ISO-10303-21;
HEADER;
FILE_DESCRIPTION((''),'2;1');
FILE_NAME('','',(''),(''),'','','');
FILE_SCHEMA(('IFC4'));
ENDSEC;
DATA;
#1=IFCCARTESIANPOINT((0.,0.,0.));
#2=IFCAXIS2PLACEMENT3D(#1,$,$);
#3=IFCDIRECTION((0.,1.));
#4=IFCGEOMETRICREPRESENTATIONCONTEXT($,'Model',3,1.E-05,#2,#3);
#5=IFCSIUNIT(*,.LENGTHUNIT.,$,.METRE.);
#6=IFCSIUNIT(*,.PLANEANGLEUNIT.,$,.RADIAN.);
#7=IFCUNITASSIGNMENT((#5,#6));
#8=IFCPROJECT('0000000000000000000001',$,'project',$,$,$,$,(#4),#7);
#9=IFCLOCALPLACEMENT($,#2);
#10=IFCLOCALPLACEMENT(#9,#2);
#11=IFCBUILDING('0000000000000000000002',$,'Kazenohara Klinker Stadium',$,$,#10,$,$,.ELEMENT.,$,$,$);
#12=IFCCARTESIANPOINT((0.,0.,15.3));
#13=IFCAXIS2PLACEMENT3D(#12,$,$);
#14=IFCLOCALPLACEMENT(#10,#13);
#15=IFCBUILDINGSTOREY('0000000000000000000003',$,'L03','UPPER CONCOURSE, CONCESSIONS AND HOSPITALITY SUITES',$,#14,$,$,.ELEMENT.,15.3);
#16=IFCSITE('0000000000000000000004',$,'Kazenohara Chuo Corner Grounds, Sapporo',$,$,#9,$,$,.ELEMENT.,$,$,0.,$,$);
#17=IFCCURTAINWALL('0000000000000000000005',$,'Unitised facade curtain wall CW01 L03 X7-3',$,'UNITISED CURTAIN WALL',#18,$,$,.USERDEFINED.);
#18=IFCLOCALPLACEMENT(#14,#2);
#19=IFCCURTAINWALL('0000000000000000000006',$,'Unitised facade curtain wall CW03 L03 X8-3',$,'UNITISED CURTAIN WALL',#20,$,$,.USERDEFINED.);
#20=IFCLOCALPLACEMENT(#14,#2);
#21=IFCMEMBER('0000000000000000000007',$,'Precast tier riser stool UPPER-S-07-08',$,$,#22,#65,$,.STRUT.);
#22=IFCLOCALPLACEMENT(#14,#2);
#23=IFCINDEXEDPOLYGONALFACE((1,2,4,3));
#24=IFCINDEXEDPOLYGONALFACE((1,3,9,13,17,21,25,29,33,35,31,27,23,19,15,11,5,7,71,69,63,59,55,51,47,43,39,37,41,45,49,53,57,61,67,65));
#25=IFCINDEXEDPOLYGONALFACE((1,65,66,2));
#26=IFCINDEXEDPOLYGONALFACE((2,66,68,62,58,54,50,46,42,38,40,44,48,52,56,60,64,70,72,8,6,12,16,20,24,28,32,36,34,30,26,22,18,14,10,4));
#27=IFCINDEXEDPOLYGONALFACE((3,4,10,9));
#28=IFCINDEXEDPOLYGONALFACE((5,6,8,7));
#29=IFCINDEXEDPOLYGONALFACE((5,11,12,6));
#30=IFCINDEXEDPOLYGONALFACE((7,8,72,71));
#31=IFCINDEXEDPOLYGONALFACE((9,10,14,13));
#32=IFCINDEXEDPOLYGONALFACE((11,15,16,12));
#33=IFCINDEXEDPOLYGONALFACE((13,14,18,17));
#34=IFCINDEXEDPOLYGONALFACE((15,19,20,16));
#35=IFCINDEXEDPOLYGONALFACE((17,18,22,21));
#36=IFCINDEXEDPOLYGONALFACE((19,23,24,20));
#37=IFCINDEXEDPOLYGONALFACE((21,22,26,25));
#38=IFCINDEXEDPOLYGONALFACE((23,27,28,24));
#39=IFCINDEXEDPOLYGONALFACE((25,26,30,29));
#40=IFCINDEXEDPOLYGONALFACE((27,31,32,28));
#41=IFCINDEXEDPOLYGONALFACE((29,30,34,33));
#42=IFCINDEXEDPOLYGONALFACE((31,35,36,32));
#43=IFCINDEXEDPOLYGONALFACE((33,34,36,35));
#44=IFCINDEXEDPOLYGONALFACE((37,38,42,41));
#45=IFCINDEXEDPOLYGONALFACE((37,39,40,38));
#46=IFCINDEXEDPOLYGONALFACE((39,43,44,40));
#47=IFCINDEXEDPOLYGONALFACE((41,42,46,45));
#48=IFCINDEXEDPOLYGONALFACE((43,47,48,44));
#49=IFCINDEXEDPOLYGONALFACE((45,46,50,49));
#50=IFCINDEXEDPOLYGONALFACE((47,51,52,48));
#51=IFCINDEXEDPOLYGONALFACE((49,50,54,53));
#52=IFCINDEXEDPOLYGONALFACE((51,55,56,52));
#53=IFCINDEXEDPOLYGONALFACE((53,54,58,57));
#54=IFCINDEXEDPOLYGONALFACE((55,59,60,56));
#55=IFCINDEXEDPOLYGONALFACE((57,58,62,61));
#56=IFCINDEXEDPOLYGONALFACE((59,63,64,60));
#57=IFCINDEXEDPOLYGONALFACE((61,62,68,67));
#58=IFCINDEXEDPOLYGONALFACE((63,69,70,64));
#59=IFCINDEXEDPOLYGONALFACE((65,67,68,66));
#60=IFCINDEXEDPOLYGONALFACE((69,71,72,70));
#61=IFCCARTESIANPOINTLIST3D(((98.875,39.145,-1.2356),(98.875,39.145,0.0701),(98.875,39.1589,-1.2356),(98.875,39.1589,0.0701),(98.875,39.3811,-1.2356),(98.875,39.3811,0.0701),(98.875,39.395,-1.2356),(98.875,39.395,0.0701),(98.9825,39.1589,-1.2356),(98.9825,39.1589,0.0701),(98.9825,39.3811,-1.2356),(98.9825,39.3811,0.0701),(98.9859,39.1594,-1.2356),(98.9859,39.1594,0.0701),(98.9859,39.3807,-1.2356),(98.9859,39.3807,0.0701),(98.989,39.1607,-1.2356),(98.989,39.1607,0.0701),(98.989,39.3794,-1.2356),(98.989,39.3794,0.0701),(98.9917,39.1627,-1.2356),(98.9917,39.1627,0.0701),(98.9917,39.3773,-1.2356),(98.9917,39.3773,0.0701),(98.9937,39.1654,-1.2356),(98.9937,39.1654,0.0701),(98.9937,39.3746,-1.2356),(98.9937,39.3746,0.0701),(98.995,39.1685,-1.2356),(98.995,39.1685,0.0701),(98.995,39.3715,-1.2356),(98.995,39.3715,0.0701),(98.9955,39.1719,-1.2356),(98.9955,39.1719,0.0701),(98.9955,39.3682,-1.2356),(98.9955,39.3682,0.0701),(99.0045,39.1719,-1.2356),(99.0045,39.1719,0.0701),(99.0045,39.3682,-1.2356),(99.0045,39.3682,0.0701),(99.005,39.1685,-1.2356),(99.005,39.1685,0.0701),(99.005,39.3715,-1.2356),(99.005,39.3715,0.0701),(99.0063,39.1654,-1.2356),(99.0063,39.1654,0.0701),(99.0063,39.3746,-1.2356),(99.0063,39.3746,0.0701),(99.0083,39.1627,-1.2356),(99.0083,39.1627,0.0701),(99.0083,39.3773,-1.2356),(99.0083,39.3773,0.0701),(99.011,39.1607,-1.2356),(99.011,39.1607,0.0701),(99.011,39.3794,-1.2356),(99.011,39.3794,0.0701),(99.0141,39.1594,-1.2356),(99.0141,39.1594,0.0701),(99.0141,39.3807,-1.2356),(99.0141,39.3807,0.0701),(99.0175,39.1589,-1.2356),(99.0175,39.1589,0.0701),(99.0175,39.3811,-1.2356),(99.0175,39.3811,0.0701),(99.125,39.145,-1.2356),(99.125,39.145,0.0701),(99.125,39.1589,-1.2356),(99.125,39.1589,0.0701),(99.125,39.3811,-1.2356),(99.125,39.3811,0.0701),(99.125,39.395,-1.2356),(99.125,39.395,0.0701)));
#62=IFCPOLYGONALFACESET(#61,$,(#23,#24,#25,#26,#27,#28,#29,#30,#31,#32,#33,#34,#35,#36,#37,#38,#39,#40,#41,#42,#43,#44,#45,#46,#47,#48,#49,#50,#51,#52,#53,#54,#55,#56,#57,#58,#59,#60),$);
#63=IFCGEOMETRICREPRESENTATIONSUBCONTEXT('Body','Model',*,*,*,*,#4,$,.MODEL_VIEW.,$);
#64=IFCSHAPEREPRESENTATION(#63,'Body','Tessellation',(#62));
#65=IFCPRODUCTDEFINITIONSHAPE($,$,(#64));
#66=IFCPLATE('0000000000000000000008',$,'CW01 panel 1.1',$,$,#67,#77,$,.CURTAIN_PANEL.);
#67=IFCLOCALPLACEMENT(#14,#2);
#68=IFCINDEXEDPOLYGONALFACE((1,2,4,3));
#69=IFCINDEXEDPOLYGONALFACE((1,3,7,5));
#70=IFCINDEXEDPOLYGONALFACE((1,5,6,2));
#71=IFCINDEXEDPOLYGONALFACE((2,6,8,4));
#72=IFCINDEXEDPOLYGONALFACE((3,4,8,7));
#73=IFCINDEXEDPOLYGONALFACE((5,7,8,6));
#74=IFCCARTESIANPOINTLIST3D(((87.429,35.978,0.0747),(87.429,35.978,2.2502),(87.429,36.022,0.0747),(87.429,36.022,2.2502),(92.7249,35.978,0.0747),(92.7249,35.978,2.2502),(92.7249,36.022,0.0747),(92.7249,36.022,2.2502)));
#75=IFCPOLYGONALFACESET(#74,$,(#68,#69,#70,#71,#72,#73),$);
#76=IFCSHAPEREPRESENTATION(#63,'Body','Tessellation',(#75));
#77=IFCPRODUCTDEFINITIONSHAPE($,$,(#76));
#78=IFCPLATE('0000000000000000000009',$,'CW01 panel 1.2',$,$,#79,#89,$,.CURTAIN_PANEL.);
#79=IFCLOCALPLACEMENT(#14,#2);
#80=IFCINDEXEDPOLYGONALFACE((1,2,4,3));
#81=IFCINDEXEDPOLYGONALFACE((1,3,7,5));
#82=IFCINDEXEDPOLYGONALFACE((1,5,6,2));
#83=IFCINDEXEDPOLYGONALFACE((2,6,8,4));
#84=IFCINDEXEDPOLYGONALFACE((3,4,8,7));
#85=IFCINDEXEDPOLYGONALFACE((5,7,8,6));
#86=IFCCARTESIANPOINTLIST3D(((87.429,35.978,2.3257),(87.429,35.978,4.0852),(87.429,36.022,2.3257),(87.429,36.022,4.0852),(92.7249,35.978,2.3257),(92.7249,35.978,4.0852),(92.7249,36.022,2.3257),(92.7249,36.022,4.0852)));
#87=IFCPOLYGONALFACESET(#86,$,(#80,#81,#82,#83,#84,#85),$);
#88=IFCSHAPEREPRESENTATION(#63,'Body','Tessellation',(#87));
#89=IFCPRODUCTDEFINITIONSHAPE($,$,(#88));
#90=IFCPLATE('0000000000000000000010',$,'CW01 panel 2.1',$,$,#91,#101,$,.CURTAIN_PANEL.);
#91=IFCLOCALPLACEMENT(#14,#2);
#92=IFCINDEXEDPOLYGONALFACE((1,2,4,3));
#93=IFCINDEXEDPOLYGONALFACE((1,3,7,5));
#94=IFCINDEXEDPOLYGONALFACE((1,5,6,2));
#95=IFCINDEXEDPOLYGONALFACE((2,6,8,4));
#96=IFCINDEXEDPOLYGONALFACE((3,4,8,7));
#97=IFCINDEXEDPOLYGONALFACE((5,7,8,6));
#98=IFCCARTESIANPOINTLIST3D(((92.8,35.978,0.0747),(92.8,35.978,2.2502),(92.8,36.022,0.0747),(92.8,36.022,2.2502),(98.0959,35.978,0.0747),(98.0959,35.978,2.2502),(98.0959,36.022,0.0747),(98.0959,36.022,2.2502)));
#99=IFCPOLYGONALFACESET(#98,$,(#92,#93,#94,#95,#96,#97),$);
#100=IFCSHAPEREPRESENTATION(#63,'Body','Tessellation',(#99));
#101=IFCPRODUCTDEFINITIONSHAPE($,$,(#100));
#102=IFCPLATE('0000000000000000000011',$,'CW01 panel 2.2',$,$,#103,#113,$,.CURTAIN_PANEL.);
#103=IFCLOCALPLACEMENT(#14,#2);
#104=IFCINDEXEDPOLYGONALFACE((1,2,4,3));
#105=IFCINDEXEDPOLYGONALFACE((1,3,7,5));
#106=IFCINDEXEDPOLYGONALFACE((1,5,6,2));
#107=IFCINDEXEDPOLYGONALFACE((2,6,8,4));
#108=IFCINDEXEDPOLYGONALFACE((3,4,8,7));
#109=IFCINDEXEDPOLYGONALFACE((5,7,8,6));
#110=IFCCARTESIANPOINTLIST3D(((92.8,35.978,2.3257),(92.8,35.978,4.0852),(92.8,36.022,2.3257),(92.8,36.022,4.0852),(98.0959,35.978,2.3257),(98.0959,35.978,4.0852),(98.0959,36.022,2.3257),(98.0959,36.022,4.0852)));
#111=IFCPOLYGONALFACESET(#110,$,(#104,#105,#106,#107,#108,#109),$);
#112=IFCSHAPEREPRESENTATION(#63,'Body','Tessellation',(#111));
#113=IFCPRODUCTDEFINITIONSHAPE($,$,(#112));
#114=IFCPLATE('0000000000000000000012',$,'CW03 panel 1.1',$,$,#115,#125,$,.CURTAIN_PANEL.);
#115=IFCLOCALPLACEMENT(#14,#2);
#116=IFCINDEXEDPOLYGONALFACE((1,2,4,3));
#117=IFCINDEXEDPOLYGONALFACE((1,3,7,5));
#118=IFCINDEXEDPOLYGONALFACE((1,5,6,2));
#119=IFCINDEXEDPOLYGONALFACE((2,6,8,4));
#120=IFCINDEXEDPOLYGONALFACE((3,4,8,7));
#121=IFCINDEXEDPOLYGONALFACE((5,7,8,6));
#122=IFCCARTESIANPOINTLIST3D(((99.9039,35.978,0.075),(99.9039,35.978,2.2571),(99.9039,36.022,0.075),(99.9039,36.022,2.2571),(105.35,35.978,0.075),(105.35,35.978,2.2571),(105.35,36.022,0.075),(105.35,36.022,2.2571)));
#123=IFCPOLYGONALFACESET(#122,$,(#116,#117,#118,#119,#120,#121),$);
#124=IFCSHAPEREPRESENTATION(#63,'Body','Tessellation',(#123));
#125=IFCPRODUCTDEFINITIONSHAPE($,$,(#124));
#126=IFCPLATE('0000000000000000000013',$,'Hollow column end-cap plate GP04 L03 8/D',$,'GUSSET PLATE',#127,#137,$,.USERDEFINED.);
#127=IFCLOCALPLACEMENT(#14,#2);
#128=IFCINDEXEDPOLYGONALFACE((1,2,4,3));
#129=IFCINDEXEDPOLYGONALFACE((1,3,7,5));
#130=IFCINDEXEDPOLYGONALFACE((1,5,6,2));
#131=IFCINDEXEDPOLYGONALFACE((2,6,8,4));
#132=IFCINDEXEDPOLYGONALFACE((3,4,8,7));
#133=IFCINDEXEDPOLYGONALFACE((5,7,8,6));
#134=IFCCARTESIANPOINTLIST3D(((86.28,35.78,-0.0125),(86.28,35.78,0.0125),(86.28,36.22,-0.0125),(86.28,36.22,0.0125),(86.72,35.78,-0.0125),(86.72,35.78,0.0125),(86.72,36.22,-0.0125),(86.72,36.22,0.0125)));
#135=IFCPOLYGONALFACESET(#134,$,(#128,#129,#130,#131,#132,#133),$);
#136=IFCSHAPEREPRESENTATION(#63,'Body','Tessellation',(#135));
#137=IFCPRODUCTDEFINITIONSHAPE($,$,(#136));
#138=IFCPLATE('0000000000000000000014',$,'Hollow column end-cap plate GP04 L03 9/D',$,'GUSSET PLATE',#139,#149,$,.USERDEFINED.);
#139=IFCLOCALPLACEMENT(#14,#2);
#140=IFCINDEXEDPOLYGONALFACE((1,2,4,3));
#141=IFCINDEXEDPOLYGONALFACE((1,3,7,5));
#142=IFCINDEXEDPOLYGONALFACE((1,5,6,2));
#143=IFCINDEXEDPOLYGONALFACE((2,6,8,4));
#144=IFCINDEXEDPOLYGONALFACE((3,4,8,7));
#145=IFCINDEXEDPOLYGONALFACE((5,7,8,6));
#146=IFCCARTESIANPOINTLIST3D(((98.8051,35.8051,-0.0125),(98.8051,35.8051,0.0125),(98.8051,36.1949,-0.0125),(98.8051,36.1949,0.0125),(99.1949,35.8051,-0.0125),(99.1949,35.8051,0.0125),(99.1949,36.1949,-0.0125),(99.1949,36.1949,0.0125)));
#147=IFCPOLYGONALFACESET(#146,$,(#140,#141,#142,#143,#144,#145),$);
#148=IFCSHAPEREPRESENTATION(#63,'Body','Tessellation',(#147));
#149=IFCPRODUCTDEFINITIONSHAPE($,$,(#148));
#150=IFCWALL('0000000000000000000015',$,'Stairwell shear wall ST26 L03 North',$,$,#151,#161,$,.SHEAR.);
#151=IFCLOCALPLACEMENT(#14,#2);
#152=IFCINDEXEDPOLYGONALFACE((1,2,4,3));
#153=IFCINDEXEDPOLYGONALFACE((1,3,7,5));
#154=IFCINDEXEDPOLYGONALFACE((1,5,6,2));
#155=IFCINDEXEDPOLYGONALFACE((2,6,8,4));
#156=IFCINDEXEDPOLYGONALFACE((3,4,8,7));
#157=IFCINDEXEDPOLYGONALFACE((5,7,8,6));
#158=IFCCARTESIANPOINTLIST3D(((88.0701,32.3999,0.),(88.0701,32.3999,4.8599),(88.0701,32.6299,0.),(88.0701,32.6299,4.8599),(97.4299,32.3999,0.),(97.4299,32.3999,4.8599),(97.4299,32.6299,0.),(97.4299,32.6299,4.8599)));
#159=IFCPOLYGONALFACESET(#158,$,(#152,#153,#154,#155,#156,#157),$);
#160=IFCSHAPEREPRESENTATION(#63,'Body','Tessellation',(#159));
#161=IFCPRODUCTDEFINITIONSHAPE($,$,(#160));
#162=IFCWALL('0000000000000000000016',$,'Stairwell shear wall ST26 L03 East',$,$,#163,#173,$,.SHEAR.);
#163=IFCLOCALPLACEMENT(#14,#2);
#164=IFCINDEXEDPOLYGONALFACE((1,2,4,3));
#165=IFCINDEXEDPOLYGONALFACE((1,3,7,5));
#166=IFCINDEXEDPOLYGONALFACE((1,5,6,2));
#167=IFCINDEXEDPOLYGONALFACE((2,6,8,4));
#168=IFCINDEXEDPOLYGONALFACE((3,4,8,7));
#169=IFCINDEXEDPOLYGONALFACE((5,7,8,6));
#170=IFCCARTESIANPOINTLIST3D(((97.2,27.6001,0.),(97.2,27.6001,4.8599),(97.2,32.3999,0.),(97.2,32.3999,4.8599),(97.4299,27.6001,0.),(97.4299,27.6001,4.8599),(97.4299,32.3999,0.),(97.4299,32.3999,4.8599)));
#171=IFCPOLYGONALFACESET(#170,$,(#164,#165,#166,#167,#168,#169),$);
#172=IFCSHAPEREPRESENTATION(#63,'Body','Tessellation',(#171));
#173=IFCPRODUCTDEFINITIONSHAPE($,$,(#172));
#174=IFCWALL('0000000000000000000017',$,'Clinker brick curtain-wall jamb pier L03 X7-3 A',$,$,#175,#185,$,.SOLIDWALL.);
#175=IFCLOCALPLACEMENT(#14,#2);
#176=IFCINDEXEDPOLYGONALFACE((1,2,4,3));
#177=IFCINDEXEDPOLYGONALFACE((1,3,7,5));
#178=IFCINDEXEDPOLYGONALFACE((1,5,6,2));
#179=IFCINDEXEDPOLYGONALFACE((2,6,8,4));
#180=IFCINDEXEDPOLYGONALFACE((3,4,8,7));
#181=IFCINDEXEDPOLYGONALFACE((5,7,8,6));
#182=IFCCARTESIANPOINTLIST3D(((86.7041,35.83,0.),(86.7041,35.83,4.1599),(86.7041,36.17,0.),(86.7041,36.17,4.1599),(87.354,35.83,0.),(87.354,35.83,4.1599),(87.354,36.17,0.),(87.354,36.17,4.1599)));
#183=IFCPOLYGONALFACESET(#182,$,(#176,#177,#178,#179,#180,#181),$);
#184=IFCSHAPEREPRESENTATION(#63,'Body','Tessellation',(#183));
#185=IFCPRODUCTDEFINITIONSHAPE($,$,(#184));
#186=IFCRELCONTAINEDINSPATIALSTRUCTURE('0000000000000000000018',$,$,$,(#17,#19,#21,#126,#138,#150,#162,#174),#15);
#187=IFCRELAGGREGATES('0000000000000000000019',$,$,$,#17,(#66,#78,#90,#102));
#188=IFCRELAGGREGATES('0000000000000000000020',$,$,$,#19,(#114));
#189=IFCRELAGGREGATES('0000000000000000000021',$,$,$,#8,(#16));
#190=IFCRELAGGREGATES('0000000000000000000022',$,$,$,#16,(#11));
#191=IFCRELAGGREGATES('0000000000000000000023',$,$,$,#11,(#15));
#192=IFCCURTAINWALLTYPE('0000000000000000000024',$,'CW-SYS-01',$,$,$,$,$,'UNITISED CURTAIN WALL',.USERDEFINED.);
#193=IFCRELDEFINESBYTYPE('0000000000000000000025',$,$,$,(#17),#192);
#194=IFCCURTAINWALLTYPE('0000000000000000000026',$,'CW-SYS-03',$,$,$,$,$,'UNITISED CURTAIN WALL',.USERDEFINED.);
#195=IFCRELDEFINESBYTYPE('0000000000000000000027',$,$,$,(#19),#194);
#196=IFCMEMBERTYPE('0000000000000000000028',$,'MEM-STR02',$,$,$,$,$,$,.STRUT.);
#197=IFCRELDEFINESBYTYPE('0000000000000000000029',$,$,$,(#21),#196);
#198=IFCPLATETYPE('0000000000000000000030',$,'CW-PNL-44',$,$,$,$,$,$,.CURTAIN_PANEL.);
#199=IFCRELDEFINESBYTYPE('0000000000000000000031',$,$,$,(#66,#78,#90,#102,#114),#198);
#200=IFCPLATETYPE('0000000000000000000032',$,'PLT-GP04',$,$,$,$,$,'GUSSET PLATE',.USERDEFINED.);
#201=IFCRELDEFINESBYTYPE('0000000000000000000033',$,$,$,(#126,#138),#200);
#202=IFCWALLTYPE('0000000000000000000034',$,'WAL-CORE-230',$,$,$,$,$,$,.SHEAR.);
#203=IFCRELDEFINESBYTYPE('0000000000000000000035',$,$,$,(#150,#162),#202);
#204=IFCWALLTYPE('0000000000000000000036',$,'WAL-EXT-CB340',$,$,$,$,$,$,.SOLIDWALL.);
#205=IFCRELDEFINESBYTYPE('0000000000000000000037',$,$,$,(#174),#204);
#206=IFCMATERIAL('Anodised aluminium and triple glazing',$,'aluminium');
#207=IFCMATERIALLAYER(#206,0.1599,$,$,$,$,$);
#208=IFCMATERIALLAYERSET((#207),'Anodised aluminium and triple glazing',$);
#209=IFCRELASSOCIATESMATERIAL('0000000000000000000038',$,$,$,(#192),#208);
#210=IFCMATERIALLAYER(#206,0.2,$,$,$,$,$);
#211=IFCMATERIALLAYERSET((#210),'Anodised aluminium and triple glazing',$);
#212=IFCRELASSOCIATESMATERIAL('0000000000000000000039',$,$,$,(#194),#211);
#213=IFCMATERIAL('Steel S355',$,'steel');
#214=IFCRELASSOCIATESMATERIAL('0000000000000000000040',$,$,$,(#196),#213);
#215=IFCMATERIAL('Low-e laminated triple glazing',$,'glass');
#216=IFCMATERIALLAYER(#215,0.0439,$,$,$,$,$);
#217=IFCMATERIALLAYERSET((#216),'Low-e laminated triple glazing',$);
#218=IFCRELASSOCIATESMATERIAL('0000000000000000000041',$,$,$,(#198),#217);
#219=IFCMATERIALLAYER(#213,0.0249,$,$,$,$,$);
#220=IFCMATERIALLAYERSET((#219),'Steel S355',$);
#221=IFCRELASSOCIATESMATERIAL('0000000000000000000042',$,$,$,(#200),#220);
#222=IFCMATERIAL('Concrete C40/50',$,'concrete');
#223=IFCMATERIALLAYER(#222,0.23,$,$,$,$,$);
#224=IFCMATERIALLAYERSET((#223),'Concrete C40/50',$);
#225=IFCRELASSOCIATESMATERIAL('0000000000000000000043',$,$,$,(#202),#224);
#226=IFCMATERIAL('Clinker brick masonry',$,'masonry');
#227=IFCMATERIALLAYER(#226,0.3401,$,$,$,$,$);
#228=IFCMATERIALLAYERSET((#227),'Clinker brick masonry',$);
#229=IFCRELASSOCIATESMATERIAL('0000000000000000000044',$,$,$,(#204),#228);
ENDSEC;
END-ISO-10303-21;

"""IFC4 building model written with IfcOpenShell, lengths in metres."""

from ifc_helpers import new_model, si_unit, direction, frame, frame_2d, origin, origin_2d, place, context, subcontext, project, spatial, rectangle, i_section, extrude, material, layer, layer_set, material_profile, profile_set, type_object, element, aggregate, save


model = new_model("IFC4")

# Units and contexts
model_context = context("Model", 3, precision=1e-05, world=origin(), true_north=direction((0.0, 1.0)))
body_context = subcontext(model_context, "Body", "Model", "MODEL_VIEW")
ifc_project = project(units=[si_unit("LENGTHUNIT", "METRE"), si_unit("PLANEANGLEUNIT", "RADIAN")], contexts=[model_context])

# Site, building, storey
site_placement = place(None, origin())
site = spatial("IfcSite", under=ifc_project, at=site_placement, Name="Kazenohara Chuo Corner Grounds, Sapporo", CompositionType="ELEMENT", RefElevation=0.0)
building_placement = place(site_placement, origin())
building = spatial("IfcBuilding", under=site, at=building_placement, Name="Kazenohara Klinker Stadium", CompositionType="ELEMENT")
storey_placement = place(building_placement, frame((0.0, 0.0, 15.3)))
storey = spatial("IfcBuildingStorey", under=building, at=storey_placement, Name="L03", Description="UPPER CONCOURSE, CONCESSIONS AND HOSPITALITY SUITES", CompositionType="ELEMENT", Elevation=15.3)

# Shared definitions
ifc_material_1 = material(Name="Steel S355", Category="steel")

# Curtain wall
ifc_material_2 = material(Name="Anodised aluminium and triple glazing", Category="aluminium")
ifc_layer_1 = layer(ifc_material_2, 0.1599)
ifc_layer_set_1 = layer_set([ifc_layer_1], Name="Anodised aluminium and triple glazing")
curtain_wall_type_1 = type_object("IfcCurtainWallType", Name="CW-SYS-01", ElementType="UNITISED CURTAIN WALL", PredefinedType="USERDEFINED", material=ifc_layer_set_1)
curtain_wall_1_placement = place(storey_placement, origin())
curtain_wall_1 = element("IfcCurtainWall", 1, at=curtain_wall_1_placement, inside=storey, type_object=curtain_wall_type_1, Name="Unitised facade curtain wall CW01 L03 X7-3", ObjectType="UNITISED CURTAIN WALL", PredefinedType="USERDEFINED")

# Curtain wall
ifc_layer_2 = layer(ifc_material_2, 0.2)
ifc_layer_set_2 = layer_set([ifc_layer_2], Name="Anodised aluminium and triple glazing")
curtain_wall_type_2 = type_object("IfcCurtainWallType", Name="CW-SYS-03", ElementType="UNITISED CURTAIN WALL", PredefinedType="USERDEFINED", material=ifc_layer_set_2)
curtain_wall_2_placement = place(storey_placement, origin())
curtain_wall_2 = element("IfcCurtainWall", 2, at=curtain_wall_2_placement, inside=storey, type_object=curtain_wall_type_2, Name="Unitised facade curtain wall CW03 L03 X8-3", ObjectType="UNITISED CURTAIN WALL", PredefinedType="USERDEFINED")

# Member
ifc_material_profile_1 = material_profile(ifc_material_1, i_section(OverallWidth=0.25, OverallDepth=0.25, WebThickness=0.009, FlangeThickness=0.0139, FilletRadius=0.0129, at=origin_2d()), Name="H-250x250x9x14")
ifc_profile_set_1 = profile_set([ifc_material_profile_1], Name="Steel S355")
member_type_1 = type_object("IfcMemberType", Name="MEM-STR02", PredefinedType="STRUT", material=ifc_profile_set_1)
member_1_placement = place(storey_placement, frame((99.0, 39.27, -1.2356), z_axis=(0.0, 0.0, 1.0), x_axis=(1.0, 0.0, 0.0)))
element("IfcMember", 3, at=member_1_placement, inside=storey, type_object=member_type_1, Name="Precast tier riser stool UPPER-S-07-08", PredefinedType="STRUT", context=body_context, shape_type="SweptSolid", body=[
    extrude(i_section(OverallWidth=0.25, OverallDepth=0.25, WebThickness=0.009, FlangeThickness=0.0139, FilletRadius=0.0129, at=origin_2d()), origin(), (0.0, 0.0, 1.0), 1.3057),
])

# Plates
ifc_material_3 = material(Name="Low-e laminated triple glazing", Category="glass")
ifc_layer_3 = layer(ifc_material_3, 0.0439)
ifc_layer_set_3 = layer_set([ifc_layer_3], Name="Low-e laminated triple glazing")
plate_type_1 = type_object("IfcPlateType", Name="CW-PNL-44", PredefinedType="CURTAIN_PANEL", material=ifc_layer_set_3)
plate_1_placement = place(storey_placement, frame((90.0769, 36.0, 0.0747), z_axis=(0.0, 0.0, 1.0), x_axis=(1.0, 0.0, 0.0)))
plate_1 = element("IfcPlate", 4, at=plate_1_placement, type_object=plate_type_1, Name="CW01 panel 1.1", PredefinedType="CURTAIN_PANEL", context=body_context, shape_type="SweptSolid", body=[
    extrude(rectangle(XDim=5.2959, YDim=0.0439, at=origin_2d()), origin(), (0.0, 0.0, 1.0), 2.1755),
])
plate_2_placement = place(storey_placement, frame((90.0769, 36.0, 2.3257), z_axis=(0.0, 0.0, 1.0), x_axis=(1.0, 0.0, 0.0)))
plate_2 = element("IfcPlate", 5, at=plate_2_placement, type_object=plate_type_1, Name="CW01 panel 1.2", PredefinedType="CURTAIN_PANEL", context=body_context, shape_type="SweptSolid", body=[
    extrude(rectangle(XDim=5.2959, YDim=0.0439, at=origin_2d()), origin(), (0.0, 0.0, 1.0), 1.7595),
])
plate_3_placement = place(storey_placement, frame((95.448, 36.0, 0.0747), z_axis=(0.0, 0.0, 1.0), x_axis=(1.0, 0.0, 0.0)))
plate_3 = element("IfcPlate", 6, at=plate_3_placement, type_object=plate_type_1, Name="CW01 panel 2.1", PredefinedType="CURTAIN_PANEL", context=body_context, shape_type="SweptSolid", body=[
    extrude(rectangle(XDim=5.2959, YDim=0.0439, at=origin_2d()), origin(), (0.0, 0.0, 1.0), 2.1755),
])
plate_4_placement = place(storey_placement, frame((95.448, 36.0, 2.3257), z_axis=(0.0, 0.0, 1.0), x_axis=(1.0, 0.0, 0.0)))
plate_4 = element("IfcPlate", 7, at=plate_4_placement, type_object=plate_type_1, Name="CW01 panel 2.2", PredefinedType="CURTAIN_PANEL", context=body_context, shape_type="SweptSolid", body=[
    extrude(rectangle(XDim=5.2959, YDim=0.0439, at=origin_2d()), origin(), (0.0, 0.0, 1.0), 1.7595),
])
aggregate(curtain_wall_1, [plate_1, plate_2, plate_3, plate_4])
plate_5_placement = place(storey_placement, frame((102.627, 36.0, 0.075), z_axis=(0.0, 0.0, 1.0), x_axis=(1.0, 0.0, 0.0)))
plate_5 = element("IfcPlate", 8, at=plate_5_placement, type_object=plate_type_1, Name="CW03 panel 1.1", PredefinedType="CURTAIN_PANEL", context=body_context, shape_type="SweptSolid", body=[
    extrude(rectangle(XDim=5.446, YDim=0.0439, at=origin_2d()), origin(), (0.0, 0.0, 1.0), 2.1821),
])
aggregate(curtain_wall_2, [plate_5])

# Plates
ifc_layer_4 = layer(ifc_material_1, 0.0249)
ifc_layer_set_4 = layer_set([ifc_layer_4], Name="Steel S355")
plate_type_2 = type_object("IfcPlateType", Name="PLT-GP04", ElementType="GUSSET PLATE", PredefinedType="USERDEFINED", material=ifc_layer_set_4)
plate_6_placement = place(storey_placement, frame((86.5, 36.0, -0.0125), z_axis=(0.0, 0.0, 1.0), x_axis=(1.0, 0.0, 0.0)))
element("IfcPlate", 9, at=plate_6_placement, inside=storey, type_object=plate_type_2, Name="Hollow column end-cap plate GP04 L03 8/D", ObjectType="GUSSET PLATE", PredefinedType="USERDEFINED", context=body_context, shape_type="SweptSolid", body=[
    extrude(rectangle(XDim=0.4399, YDim=0.4399, at=origin_2d()), origin(), (0.0, 0.0, 1.0), 0.0249),
])
plate_7_placement = place(storey_placement, frame((99.0, 36.0, -0.0125), z_axis=(0.0, 0.0, 1.0), x_axis=(1.0, 0.0, 0.0)))
element("IfcPlate", 10, at=plate_7_placement, inside=storey, type_object=plate_type_2, Name="Hollow column end-cap plate GP04 L03 9/D", ObjectType="GUSSET PLATE", PredefinedType="USERDEFINED", context=body_context, shape_type="SweptSolid", body=[
    extrude(rectangle(XDim=0.3899, YDim=0.3899, at=origin_2d()), origin(), (0.0, 0.0, 1.0), 0.0249),
])

# Walls
ifc_material_4 = material(Name="Concrete C40/50", Category="concrete")
ifc_layer_5 = layer(ifc_material_4, 0.23)
ifc_layer_set_5 = layer_set([ifc_layer_5], Name="Concrete C40/50")
wall_type_1 = type_object("IfcWallType", Name="WAL-CORE-230", PredefinedType="SHEAR", material=ifc_layer_set_5)
wall_1_placement = place(storey_placement, frame((88.0701, 32.5149, 0.0), z_axis=(0.0, 0.0, 1.0), x_axis=(1.0, 0.0, 0.0)))
element("IfcWall", 11, at=wall_1_placement, inside=storey, type_object=wall_type_1, Name="Stairwell shear wall ST26 L03 North", PredefinedType="SHEAR", context=body_context, shape_type="SweptSolid", body=[
    extrude(rectangle(XDim=9.3599, YDim=0.23, at=frame_2d((4.6799, 0.0))), origin(), (0.0, 0.0, 1.0), 4.8599),
])
wall_2_placement = place(storey_placement, frame((97.3149, 27.6001, 0.0), z_axis=(0.0, 0.0, 1.0), x_axis=(0.0, 1.0, 0.0)))
element("IfcWall", 12, at=wall_2_placement, inside=storey, type_object=wall_type_1, Name="Stairwell shear wall ST26 L03 East", PredefinedType="SHEAR", context=body_context, shape_type="SweptSolid", body=[
    extrude(rectangle(XDim=4.7998, YDim=0.23, at=frame_2d((2.3999, 0.0))), origin(), (0.0, 0.0, 1.0), 4.8599),
])
ifc_material_5 = material(Name="Clinker brick masonry", Category="masonry")
ifc_layer_6 = layer(ifc_material_5, 0.3401)
ifc_layer_set_6 = layer_set([ifc_layer_6], Name="Clinker brick masonry")
wall_type_2 = type_object("IfcWallType", Name="WAL-EXT-CB340", PredefinedType="SOLIDWALL", material=ifc_layer_set_6)
wall_3_placement = place(storey_placement, frame((86.7041, 36.0, 0.0), z_axis=(0.0, 0.0, 1.0), x_axis=(1.0, 0.0, 0.0)))
element("IfcWall", 13, at=wall_3_placement, inside=storey, type_object=wall_type_2, Name="Clinker brick curtain-wall jamb pier L03 X7-3 A", PredefinedType="SOLIDWALL", context=body_context, shape_type="SweptSolid", body=[
    extrude(rectangle(XDim=0.6499, YDim=0.3401, at=frame_2d((0.325, 0.0))), origin(), (0.0, 0.0, 1.0), 4.1599),
])

save(model, "model.ifc")
